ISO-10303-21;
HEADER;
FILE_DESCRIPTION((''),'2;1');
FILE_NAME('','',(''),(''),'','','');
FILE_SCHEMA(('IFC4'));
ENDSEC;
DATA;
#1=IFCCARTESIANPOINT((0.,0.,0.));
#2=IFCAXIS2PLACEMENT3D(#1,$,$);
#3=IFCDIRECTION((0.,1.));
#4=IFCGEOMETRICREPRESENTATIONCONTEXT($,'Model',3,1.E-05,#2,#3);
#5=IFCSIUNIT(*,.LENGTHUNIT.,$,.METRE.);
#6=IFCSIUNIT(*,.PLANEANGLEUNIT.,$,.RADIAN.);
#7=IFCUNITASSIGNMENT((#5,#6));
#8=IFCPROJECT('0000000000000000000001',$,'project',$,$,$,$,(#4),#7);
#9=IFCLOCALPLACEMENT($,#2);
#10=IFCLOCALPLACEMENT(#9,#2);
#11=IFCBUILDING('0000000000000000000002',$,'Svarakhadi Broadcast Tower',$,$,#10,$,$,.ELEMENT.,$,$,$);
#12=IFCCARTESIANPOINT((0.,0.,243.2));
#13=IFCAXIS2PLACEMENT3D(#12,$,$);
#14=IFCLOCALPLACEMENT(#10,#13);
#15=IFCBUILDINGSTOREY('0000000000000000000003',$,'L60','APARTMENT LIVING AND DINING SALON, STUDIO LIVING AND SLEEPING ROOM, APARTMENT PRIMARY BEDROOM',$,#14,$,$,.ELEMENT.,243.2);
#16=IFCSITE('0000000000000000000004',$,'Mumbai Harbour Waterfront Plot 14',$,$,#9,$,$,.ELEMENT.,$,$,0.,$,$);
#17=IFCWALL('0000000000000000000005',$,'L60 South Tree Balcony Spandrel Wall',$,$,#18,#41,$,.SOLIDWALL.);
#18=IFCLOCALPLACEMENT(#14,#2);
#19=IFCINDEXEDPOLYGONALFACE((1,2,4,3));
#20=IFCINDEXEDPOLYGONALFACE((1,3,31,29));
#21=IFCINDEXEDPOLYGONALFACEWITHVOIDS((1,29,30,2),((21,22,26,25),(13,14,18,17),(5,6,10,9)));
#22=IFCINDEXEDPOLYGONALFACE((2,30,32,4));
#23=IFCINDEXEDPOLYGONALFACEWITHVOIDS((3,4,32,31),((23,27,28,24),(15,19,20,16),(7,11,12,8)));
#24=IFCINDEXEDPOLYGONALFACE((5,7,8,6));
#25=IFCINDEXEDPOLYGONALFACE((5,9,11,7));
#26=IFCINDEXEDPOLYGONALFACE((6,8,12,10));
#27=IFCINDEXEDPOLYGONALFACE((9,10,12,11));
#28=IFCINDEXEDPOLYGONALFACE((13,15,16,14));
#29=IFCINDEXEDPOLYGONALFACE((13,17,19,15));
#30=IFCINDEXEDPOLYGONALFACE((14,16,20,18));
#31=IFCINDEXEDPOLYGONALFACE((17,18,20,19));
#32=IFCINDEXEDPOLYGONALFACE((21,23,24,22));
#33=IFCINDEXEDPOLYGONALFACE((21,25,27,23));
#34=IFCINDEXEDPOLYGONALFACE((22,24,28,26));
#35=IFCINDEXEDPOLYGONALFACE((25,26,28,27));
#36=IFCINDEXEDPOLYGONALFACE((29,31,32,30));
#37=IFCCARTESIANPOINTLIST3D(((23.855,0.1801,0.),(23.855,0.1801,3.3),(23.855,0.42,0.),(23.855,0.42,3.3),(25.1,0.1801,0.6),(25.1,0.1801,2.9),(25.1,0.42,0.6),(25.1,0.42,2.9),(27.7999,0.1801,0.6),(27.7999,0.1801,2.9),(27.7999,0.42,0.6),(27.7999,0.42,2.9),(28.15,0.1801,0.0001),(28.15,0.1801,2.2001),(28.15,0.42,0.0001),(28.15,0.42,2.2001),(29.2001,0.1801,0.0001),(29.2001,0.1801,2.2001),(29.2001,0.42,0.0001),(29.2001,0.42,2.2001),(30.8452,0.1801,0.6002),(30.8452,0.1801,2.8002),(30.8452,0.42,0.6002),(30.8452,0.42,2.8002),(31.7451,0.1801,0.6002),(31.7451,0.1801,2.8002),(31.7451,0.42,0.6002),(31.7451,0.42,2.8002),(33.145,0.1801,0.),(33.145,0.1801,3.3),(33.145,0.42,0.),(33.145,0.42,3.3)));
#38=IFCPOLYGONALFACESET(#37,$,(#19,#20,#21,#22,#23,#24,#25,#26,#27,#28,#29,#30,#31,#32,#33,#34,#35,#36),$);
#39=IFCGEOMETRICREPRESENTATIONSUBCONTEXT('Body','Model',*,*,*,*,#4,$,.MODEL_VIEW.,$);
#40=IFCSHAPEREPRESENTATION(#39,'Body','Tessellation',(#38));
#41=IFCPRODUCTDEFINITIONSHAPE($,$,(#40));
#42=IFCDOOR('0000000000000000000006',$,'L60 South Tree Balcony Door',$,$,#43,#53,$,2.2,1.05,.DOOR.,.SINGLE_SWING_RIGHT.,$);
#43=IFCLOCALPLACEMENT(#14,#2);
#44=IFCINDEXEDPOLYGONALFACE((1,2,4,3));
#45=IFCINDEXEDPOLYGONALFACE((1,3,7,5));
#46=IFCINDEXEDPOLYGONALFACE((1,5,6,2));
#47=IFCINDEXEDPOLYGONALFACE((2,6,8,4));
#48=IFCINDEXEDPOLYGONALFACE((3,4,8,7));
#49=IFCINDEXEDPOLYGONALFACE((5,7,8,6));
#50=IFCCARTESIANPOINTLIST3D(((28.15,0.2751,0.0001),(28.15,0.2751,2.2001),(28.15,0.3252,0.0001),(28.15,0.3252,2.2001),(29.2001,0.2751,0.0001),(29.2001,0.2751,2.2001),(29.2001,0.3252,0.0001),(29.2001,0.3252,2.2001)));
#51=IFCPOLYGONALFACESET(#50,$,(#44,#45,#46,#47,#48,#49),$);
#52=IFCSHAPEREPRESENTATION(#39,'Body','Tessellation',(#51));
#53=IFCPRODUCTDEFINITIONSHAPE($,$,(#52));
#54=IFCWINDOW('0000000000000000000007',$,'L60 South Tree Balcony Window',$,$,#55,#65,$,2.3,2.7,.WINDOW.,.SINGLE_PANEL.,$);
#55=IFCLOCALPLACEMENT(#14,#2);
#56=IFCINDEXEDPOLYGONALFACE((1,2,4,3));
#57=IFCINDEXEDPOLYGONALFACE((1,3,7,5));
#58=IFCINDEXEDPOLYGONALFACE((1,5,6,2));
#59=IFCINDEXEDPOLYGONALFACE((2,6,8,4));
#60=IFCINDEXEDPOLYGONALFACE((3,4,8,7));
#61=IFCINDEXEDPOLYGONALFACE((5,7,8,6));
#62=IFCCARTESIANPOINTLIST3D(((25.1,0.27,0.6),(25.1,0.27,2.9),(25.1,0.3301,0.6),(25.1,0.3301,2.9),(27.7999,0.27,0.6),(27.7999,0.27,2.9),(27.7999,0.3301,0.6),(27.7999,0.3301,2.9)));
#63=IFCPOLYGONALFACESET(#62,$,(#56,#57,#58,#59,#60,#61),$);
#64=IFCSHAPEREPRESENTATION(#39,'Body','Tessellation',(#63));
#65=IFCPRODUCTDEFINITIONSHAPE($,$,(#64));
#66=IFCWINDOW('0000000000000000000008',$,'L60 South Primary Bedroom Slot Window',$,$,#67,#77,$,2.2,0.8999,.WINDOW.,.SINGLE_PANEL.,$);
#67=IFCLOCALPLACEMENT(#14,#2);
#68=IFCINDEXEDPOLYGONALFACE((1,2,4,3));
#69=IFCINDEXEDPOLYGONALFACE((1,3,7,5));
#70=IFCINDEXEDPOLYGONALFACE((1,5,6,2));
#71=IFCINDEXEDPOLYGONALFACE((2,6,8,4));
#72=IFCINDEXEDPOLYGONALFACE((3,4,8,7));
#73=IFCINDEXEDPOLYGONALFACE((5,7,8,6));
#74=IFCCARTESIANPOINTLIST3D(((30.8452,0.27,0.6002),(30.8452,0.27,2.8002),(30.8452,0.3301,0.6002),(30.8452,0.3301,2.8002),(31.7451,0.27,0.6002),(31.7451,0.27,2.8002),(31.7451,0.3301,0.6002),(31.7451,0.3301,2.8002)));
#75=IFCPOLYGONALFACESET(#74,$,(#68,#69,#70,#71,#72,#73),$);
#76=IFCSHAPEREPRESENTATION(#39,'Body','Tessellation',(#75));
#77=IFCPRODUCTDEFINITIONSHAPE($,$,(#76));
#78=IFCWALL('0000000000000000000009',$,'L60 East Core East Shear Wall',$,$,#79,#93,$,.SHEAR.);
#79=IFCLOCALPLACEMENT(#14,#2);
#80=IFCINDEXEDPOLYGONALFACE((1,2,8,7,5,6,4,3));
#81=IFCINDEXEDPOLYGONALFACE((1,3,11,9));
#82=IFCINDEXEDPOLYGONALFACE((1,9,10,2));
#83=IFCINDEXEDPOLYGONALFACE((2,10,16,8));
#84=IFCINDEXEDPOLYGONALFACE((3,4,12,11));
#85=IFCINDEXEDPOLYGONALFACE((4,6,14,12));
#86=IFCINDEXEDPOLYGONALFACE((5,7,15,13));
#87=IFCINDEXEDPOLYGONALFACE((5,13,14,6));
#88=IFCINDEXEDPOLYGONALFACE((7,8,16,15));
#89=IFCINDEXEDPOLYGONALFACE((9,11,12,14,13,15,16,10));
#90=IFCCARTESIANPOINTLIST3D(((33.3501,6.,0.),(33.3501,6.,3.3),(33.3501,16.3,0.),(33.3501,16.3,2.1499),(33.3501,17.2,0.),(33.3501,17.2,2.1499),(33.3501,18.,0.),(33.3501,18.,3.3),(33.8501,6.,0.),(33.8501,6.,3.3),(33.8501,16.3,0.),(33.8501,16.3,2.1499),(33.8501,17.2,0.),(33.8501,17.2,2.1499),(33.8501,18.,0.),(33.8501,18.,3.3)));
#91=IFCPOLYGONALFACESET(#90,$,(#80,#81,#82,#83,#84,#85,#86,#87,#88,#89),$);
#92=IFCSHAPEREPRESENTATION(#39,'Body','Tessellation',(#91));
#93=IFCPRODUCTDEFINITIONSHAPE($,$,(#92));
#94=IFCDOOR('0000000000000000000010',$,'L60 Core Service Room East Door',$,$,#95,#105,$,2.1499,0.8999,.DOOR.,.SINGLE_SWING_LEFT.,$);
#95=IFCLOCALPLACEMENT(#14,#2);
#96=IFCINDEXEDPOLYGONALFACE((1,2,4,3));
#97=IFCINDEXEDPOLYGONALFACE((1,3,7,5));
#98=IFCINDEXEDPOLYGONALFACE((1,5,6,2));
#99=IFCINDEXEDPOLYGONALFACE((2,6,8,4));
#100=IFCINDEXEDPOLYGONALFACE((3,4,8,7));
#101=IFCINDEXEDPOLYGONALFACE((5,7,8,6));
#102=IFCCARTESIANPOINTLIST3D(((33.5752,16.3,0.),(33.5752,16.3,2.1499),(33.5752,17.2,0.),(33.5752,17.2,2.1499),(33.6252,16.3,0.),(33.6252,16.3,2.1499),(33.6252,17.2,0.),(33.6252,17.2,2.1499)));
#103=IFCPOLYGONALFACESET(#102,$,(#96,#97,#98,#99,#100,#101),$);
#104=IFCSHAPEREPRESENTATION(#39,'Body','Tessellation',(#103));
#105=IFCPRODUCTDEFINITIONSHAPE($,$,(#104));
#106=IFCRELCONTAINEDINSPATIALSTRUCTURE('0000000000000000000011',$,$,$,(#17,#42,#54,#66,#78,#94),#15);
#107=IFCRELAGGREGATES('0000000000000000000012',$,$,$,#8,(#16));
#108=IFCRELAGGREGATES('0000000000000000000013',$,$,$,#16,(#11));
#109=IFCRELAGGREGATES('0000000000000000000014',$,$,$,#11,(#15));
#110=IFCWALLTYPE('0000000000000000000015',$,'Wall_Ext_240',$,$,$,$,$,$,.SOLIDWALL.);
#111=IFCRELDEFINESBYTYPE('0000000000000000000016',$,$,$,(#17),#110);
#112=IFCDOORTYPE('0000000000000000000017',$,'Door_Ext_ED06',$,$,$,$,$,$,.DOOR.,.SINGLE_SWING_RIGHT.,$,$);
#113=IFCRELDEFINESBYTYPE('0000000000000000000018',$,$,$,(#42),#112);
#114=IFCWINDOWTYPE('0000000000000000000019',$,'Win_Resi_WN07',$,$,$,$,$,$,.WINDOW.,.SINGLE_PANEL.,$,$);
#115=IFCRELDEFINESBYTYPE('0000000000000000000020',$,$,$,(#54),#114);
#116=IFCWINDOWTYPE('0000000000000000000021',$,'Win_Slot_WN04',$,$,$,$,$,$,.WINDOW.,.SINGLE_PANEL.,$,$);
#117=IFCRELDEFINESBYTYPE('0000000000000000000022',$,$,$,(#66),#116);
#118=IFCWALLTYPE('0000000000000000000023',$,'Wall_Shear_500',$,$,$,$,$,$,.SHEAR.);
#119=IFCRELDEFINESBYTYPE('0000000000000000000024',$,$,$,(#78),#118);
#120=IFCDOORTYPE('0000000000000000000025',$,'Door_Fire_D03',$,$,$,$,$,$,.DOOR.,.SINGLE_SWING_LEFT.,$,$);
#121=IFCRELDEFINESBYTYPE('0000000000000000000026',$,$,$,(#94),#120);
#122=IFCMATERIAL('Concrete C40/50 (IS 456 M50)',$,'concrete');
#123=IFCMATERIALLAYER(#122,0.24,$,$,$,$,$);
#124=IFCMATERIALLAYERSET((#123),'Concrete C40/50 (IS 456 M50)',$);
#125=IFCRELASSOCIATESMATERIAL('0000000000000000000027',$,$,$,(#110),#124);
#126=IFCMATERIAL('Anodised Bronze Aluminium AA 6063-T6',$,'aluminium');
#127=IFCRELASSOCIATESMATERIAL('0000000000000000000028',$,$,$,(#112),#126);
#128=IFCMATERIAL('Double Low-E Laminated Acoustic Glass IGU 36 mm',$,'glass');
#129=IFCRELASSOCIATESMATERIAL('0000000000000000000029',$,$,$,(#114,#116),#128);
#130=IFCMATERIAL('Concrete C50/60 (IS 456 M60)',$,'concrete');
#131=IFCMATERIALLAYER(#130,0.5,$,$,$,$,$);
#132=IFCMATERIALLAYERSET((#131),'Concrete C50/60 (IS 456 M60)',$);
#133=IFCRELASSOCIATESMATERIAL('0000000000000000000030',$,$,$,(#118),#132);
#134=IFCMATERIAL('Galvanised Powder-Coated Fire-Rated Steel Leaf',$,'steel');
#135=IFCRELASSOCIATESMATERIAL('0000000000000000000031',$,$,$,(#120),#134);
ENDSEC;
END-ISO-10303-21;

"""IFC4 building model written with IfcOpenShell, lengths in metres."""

from ifc_helpers import new_model, si_unit, direction, frame, frame_2d, origin, place, context, subcontext, project, spatial, rectangle, extrude, material, layer, layer_set, type_object, element, fill, save


model = new_model("IFC4")

# Units and contexts
model_context = context("Model", 3, precision=1e-05, world=origin(), true_north=direction((0.0, 1.0)))
body_context = subcontext(model_context, "Body", "Model", "MODEL_VIEW")
ifc_project = project(units=[si_unit("LENGTHUNIT", "METRE"), si_unit("PLANEANGLEUNIT", "RADIAN")], contexts=[model_context])

# Site, building, storey
site_placement = place(None, origin())
site = spatial("IfcSite", under=ifc_project, at=site_placement, Name="Mumbai Harbour Waterfront Plot 14", CompositionType="ELEMENT", RefElevation=0.0)
building_placement = place(site_placement, origin())
building = spatial("IfcBuilding", under=site, at=building_placement, Name="Svarakhadi Broadcast Tower", CompositionType="ELEMENT")
storey_placement = place(building_placement, frame((0.0, 0.0, 243.2)))
storey = spatial("IfcBuildingStorey", under=building, at=storey_placement, Name="L60", Description="APARTMENT LIVING AND DINING SALON, STUDIO LIVING AND SLEEPING ROOM, APARTMENT PRIMARY BEDROOM", CompositionType="ELEMENT", Elevation=243.2)

# Shared definitions
ifc_material_1 = material(Name="Concrete C50/60 (IS 456 M60)", Category="concrete")

# Shared definitions
ifc_material_2 = material(Name="Anodised Bronze Aluminium AA 6063-T6", Category="aluminium")

# Shared definitions
ifc_material_3 = material(Name="Double Low-E Laminated Acoustic Glass IGU 36 mm", Category="glass")

# Wall, openings, door, windows
ifc_material_4 = material(Name="Concrete C40/50 (IS 456 M50)", Category="concrete")
ifc_layer_1 = layer(ifc_material_4, 0.24)
ifc_layer_set_1 = layer_set([ifc_layer_1], Name="Concrete C40/50 (IS 456 M50)")
wall_type_1 = type_object("IfcWallType", Name="Wall_Ext_240", PredefinedType="SOLIDWALL", material=ifc_layer_set_1)
wall_1_placement = place(storey_placement, frame((33.145, 0.3, 0.0), z_axis=(0.0, 0.0, 1.0), x_axis=(-1.0, 0.0, 0.0)))
wall_1 = element("IfcWall", 1, at=wall_1_placement, inside=storey, type_object=wall_type_1, Name="L60 South Tree Balcony Spandrel Wall", PredefinedType="SOLIDWALL", context=body_context, shape_type="SweptSolid", body=[
    extrude(rectangle(XDim=9.29, YDim=0.24, at=frame_2d((4.645, 0.0))), origin(), (0.0, 0.0, 1.0), 3.3),
])
opening_1_placement = place(wall_1_placement, frame((3.9451, 0.0, 0.0)))
opening_1 = element("IfcOpeningElement", 2, at=opening_1_placement, cuts=wall_1, PredefinedType="OPENING", context=body_context, shape_type="SweptSolid", body=[
    extrude(rectangle(XDim=1.05, YDim=2.2, at=frame_2d((0.5249, 1.1001))), frame((0.0, 0.1299, 0.0), z_axis=(0.0, -1.0, 0.0), x_axis=(1.0, 0.0, 0.0)), (0.0, 0.0, 1.0), 0.26),
])
opening_2_placement = place(wall_1_placement, frame((5.345, 0.0, 0.6001)))
opening_2 = element("IfcOpeningElement", 3, at=opening_2_placement, cuts=wall_1, PredefinedType="OPENING", context=body_context, shape_type="SweptSolid", body=[
    extrude(rectangle(XDim=2.7, YDim=2.3, at=frame_2d((1.3501, 1.1499))), frame((0.0, 0.1299, 0.0), z_axis=(0.0, -1.0, 0.0), x_axis=(1.0, 0.0, 0.0)), (0.0, 0.0, 1.0), 0.26),
])
opening_3_placement = place(wall_1_placement, frame((1.3999, 0.0, 0.6001)))
opening_3 = element("IfcOpeningElement", 4, at=opening_3_placement, cuts=wall_1, PredefinedType="OPENING", context=body_context, shape_type="SweptSolid", body=[
    extrude(rectangle(XDim=0.8999, YDim=2.2, at=frame_2d((0.45, 1.1001))), frame((0.0, 0.1299, 0.0), z_axis=(0.0, -1.0, 0.0), x_axis=(1.0, 0.0, 0.0)), (0.0, 0.0, 1.0), 0.26),
])
door_type_1 = type_object("IfcDoorType", Name="Door_Ext_ED06", OperationType="SINGLE_SWING_RIGHT", PredefinedType="DOOR", material=ifc_material_2)
door_1_placement = place(opening_1_placement, origin())
door_1 = element("IfcDoor", 5, at=door_1_placement, inside=storey, type_object=door_type_1, Name="L60 South Tree Balcony Door", OperationType="SINGLE_SWING_RIGHT", OverallHeight=2.2, OverallWidth=1.05, PredefinedType="DOOR", context=body_context, shape_type="SweptSolid", body=[
    extrude(rectangle(XDim=1.05, YDim=2.2, at=frame_2d((0.5249, 1.1001))), frame((0.0, 0.0249, 0.0), z_axis=(0.0, -1.0, 0.0), x_axis=(1.0, 0.0, 0.0)), (0.0, 0.0, 1.0), 0.05),
])
fill(opening_1, door_1)
window_type_1 = type_object("IfcWindowType", Name="Win_Resi_WN07", PartitioningType="SINGLE_PANEL", PredefinedType="WINDOW", material=ifc_material_3)
window_1_placement = place(opening_2_placement, origin())
window_1 = element("IfcWindow", 6, at=window_1_placement, inside=storey, type_object=window_type_1, Name="L60 South Tree Balcony Window", OverallHeight=2.3, OverallWidth=2.7, PartitioningType="SINGLE_PANEL", PredefinedType="WINDOW", context=body_context, shape_type="SweptSolid", body=[
    extrude(rectangle(XDim=2.7, YDim=2.3, at=frame_2d((1.3501, 1.1499))), frame((0.0, 0.03, 0.0), z_axis=(0.0, -1.0, 0.0), x_axis=(1.0, 0.0, 0.0)), (0.0, 0.0, 1.0), 0.0601),
])
fill(opening_2, window_1)
window_type_2 = type_object("IfcWindowType", Name="Win_Slot_WN04", PartitioningType="SINGLE_PANEL", PredefinedType="WINDOW", material=ifc_material_3)
window_2_placement = place(opening_3_placement, origin())
window_2 = element("IfcWindow", 7, at=window_2_placement, inside=storey, type_object=window_type_2, Name="L60 South Primary Bedroom Slot Window", OverallHeight=2.2, OverallWidth=0.8999, PartitioningType="SINGLE_PANEL", PredefinedType="WINDOW", context=body_context, shape_type="SweptSolid", body=[
    extrude(rectangle(XDim=0.8999, YDim=2.2, at=frame_2d((0.45, 1.1001))), frame((0.0, 0.03, 0.0), z_axis=(0.0, -1.0, 0.0), x_axis=(1.0, 0.0, 0.0)), (0.0, 0.0, 1.0), 0.0601),
])
fill(opening_3, window_2)

# Wall, opening, door
ifc_layer_2 = layer(ifc_material_1, 0.5)
ifc_layer_set_2 = layer_set([ifc_layer_2], Name="Concrete C50/60 (IS 456 M60)")
wall_type_2 = type_object("IfcWallType", Name="Wall_Shear_500", PredefinedType="SHEAR", material=ifc_layer_set_2)
wall_2_placement = place(storey_placement, frame((33.6001, 6.0, 0.0), z_axis=(0.0, 0.0, 1.0), x_axis=(0.0, 1.0, 0.0)))
wall_2 = element("IfcWall", 8, at=wall_2_placement, inside=storey, type_object=wall_type_2, Name="L60 East Core East Shear Wall", PredefinedType="SHEAR", context=body_context, shape_type="SweptSolid", body=[
    extrude(rectangle(XDim=12.0, YDim=0.5, at=frame_2d((6.0, 0.0))), origin(), (0.0, 0.0, 1.0), 3.3),
])
opening_4_placement = place(wall_2_placement, frame((10.3, 0.0, 0.0)))
opening_4 = element("IfcOpeningElement", 9, at=opening_4_placement, cuts=wall_2, PredefinedType="OPENING", context=body_context, shape_type="SweptSolid", body=[
    extrude(rectangle(XDim=0.8999, YDim=2.1499, at=frame_2d((0.45, 1.075))), frame((0.0, 0.26, 0.0), z_axis=(0.0, -1.0, 0.0), x_axis=(1.0, 0.0, 0.0)), (0.0, 0.0, 1.0), 0.52),
])
ifc_material_5 = material(Name="Galvanised Powder-Coated Fire-Rated Steel Leaf", Category="steel")
door_type_2 = type_object("IfcDoorType", Name="Door_Fire_D03", OperationType="SINGLE_SWING_LEFT", PredefinedType="DOOR", material=ifc_material_5)
door_2_placement = place(opening_4_placement, origin())
door_2 = element("IfcDoor", 10, at=door_2_placement, inside=storey, type_object=door_type_2, Name="L60 Core Service Room East Door", OperationType="SINGLE_SWING_LEFT", OverallHeight=2.1499, OverallWidth=0.8999, PredefinedType="DOOR", context=body_context, shape_type="SweptSolid", body=[
    extrude(rectangle(XDim=0.8999, YDim=2.1499, at=frame_2d((0.45, 1.075))), frame((0.0, 0.0249, 0.0), z_axis=(0.0, -1.0, 0.0), x_axis=(1.0, 0.0, 0.0)), (0.0, 0.0, 1.0), 0.05),
])
fill(opening_4, door_2)

save(model, "model.ifc")
